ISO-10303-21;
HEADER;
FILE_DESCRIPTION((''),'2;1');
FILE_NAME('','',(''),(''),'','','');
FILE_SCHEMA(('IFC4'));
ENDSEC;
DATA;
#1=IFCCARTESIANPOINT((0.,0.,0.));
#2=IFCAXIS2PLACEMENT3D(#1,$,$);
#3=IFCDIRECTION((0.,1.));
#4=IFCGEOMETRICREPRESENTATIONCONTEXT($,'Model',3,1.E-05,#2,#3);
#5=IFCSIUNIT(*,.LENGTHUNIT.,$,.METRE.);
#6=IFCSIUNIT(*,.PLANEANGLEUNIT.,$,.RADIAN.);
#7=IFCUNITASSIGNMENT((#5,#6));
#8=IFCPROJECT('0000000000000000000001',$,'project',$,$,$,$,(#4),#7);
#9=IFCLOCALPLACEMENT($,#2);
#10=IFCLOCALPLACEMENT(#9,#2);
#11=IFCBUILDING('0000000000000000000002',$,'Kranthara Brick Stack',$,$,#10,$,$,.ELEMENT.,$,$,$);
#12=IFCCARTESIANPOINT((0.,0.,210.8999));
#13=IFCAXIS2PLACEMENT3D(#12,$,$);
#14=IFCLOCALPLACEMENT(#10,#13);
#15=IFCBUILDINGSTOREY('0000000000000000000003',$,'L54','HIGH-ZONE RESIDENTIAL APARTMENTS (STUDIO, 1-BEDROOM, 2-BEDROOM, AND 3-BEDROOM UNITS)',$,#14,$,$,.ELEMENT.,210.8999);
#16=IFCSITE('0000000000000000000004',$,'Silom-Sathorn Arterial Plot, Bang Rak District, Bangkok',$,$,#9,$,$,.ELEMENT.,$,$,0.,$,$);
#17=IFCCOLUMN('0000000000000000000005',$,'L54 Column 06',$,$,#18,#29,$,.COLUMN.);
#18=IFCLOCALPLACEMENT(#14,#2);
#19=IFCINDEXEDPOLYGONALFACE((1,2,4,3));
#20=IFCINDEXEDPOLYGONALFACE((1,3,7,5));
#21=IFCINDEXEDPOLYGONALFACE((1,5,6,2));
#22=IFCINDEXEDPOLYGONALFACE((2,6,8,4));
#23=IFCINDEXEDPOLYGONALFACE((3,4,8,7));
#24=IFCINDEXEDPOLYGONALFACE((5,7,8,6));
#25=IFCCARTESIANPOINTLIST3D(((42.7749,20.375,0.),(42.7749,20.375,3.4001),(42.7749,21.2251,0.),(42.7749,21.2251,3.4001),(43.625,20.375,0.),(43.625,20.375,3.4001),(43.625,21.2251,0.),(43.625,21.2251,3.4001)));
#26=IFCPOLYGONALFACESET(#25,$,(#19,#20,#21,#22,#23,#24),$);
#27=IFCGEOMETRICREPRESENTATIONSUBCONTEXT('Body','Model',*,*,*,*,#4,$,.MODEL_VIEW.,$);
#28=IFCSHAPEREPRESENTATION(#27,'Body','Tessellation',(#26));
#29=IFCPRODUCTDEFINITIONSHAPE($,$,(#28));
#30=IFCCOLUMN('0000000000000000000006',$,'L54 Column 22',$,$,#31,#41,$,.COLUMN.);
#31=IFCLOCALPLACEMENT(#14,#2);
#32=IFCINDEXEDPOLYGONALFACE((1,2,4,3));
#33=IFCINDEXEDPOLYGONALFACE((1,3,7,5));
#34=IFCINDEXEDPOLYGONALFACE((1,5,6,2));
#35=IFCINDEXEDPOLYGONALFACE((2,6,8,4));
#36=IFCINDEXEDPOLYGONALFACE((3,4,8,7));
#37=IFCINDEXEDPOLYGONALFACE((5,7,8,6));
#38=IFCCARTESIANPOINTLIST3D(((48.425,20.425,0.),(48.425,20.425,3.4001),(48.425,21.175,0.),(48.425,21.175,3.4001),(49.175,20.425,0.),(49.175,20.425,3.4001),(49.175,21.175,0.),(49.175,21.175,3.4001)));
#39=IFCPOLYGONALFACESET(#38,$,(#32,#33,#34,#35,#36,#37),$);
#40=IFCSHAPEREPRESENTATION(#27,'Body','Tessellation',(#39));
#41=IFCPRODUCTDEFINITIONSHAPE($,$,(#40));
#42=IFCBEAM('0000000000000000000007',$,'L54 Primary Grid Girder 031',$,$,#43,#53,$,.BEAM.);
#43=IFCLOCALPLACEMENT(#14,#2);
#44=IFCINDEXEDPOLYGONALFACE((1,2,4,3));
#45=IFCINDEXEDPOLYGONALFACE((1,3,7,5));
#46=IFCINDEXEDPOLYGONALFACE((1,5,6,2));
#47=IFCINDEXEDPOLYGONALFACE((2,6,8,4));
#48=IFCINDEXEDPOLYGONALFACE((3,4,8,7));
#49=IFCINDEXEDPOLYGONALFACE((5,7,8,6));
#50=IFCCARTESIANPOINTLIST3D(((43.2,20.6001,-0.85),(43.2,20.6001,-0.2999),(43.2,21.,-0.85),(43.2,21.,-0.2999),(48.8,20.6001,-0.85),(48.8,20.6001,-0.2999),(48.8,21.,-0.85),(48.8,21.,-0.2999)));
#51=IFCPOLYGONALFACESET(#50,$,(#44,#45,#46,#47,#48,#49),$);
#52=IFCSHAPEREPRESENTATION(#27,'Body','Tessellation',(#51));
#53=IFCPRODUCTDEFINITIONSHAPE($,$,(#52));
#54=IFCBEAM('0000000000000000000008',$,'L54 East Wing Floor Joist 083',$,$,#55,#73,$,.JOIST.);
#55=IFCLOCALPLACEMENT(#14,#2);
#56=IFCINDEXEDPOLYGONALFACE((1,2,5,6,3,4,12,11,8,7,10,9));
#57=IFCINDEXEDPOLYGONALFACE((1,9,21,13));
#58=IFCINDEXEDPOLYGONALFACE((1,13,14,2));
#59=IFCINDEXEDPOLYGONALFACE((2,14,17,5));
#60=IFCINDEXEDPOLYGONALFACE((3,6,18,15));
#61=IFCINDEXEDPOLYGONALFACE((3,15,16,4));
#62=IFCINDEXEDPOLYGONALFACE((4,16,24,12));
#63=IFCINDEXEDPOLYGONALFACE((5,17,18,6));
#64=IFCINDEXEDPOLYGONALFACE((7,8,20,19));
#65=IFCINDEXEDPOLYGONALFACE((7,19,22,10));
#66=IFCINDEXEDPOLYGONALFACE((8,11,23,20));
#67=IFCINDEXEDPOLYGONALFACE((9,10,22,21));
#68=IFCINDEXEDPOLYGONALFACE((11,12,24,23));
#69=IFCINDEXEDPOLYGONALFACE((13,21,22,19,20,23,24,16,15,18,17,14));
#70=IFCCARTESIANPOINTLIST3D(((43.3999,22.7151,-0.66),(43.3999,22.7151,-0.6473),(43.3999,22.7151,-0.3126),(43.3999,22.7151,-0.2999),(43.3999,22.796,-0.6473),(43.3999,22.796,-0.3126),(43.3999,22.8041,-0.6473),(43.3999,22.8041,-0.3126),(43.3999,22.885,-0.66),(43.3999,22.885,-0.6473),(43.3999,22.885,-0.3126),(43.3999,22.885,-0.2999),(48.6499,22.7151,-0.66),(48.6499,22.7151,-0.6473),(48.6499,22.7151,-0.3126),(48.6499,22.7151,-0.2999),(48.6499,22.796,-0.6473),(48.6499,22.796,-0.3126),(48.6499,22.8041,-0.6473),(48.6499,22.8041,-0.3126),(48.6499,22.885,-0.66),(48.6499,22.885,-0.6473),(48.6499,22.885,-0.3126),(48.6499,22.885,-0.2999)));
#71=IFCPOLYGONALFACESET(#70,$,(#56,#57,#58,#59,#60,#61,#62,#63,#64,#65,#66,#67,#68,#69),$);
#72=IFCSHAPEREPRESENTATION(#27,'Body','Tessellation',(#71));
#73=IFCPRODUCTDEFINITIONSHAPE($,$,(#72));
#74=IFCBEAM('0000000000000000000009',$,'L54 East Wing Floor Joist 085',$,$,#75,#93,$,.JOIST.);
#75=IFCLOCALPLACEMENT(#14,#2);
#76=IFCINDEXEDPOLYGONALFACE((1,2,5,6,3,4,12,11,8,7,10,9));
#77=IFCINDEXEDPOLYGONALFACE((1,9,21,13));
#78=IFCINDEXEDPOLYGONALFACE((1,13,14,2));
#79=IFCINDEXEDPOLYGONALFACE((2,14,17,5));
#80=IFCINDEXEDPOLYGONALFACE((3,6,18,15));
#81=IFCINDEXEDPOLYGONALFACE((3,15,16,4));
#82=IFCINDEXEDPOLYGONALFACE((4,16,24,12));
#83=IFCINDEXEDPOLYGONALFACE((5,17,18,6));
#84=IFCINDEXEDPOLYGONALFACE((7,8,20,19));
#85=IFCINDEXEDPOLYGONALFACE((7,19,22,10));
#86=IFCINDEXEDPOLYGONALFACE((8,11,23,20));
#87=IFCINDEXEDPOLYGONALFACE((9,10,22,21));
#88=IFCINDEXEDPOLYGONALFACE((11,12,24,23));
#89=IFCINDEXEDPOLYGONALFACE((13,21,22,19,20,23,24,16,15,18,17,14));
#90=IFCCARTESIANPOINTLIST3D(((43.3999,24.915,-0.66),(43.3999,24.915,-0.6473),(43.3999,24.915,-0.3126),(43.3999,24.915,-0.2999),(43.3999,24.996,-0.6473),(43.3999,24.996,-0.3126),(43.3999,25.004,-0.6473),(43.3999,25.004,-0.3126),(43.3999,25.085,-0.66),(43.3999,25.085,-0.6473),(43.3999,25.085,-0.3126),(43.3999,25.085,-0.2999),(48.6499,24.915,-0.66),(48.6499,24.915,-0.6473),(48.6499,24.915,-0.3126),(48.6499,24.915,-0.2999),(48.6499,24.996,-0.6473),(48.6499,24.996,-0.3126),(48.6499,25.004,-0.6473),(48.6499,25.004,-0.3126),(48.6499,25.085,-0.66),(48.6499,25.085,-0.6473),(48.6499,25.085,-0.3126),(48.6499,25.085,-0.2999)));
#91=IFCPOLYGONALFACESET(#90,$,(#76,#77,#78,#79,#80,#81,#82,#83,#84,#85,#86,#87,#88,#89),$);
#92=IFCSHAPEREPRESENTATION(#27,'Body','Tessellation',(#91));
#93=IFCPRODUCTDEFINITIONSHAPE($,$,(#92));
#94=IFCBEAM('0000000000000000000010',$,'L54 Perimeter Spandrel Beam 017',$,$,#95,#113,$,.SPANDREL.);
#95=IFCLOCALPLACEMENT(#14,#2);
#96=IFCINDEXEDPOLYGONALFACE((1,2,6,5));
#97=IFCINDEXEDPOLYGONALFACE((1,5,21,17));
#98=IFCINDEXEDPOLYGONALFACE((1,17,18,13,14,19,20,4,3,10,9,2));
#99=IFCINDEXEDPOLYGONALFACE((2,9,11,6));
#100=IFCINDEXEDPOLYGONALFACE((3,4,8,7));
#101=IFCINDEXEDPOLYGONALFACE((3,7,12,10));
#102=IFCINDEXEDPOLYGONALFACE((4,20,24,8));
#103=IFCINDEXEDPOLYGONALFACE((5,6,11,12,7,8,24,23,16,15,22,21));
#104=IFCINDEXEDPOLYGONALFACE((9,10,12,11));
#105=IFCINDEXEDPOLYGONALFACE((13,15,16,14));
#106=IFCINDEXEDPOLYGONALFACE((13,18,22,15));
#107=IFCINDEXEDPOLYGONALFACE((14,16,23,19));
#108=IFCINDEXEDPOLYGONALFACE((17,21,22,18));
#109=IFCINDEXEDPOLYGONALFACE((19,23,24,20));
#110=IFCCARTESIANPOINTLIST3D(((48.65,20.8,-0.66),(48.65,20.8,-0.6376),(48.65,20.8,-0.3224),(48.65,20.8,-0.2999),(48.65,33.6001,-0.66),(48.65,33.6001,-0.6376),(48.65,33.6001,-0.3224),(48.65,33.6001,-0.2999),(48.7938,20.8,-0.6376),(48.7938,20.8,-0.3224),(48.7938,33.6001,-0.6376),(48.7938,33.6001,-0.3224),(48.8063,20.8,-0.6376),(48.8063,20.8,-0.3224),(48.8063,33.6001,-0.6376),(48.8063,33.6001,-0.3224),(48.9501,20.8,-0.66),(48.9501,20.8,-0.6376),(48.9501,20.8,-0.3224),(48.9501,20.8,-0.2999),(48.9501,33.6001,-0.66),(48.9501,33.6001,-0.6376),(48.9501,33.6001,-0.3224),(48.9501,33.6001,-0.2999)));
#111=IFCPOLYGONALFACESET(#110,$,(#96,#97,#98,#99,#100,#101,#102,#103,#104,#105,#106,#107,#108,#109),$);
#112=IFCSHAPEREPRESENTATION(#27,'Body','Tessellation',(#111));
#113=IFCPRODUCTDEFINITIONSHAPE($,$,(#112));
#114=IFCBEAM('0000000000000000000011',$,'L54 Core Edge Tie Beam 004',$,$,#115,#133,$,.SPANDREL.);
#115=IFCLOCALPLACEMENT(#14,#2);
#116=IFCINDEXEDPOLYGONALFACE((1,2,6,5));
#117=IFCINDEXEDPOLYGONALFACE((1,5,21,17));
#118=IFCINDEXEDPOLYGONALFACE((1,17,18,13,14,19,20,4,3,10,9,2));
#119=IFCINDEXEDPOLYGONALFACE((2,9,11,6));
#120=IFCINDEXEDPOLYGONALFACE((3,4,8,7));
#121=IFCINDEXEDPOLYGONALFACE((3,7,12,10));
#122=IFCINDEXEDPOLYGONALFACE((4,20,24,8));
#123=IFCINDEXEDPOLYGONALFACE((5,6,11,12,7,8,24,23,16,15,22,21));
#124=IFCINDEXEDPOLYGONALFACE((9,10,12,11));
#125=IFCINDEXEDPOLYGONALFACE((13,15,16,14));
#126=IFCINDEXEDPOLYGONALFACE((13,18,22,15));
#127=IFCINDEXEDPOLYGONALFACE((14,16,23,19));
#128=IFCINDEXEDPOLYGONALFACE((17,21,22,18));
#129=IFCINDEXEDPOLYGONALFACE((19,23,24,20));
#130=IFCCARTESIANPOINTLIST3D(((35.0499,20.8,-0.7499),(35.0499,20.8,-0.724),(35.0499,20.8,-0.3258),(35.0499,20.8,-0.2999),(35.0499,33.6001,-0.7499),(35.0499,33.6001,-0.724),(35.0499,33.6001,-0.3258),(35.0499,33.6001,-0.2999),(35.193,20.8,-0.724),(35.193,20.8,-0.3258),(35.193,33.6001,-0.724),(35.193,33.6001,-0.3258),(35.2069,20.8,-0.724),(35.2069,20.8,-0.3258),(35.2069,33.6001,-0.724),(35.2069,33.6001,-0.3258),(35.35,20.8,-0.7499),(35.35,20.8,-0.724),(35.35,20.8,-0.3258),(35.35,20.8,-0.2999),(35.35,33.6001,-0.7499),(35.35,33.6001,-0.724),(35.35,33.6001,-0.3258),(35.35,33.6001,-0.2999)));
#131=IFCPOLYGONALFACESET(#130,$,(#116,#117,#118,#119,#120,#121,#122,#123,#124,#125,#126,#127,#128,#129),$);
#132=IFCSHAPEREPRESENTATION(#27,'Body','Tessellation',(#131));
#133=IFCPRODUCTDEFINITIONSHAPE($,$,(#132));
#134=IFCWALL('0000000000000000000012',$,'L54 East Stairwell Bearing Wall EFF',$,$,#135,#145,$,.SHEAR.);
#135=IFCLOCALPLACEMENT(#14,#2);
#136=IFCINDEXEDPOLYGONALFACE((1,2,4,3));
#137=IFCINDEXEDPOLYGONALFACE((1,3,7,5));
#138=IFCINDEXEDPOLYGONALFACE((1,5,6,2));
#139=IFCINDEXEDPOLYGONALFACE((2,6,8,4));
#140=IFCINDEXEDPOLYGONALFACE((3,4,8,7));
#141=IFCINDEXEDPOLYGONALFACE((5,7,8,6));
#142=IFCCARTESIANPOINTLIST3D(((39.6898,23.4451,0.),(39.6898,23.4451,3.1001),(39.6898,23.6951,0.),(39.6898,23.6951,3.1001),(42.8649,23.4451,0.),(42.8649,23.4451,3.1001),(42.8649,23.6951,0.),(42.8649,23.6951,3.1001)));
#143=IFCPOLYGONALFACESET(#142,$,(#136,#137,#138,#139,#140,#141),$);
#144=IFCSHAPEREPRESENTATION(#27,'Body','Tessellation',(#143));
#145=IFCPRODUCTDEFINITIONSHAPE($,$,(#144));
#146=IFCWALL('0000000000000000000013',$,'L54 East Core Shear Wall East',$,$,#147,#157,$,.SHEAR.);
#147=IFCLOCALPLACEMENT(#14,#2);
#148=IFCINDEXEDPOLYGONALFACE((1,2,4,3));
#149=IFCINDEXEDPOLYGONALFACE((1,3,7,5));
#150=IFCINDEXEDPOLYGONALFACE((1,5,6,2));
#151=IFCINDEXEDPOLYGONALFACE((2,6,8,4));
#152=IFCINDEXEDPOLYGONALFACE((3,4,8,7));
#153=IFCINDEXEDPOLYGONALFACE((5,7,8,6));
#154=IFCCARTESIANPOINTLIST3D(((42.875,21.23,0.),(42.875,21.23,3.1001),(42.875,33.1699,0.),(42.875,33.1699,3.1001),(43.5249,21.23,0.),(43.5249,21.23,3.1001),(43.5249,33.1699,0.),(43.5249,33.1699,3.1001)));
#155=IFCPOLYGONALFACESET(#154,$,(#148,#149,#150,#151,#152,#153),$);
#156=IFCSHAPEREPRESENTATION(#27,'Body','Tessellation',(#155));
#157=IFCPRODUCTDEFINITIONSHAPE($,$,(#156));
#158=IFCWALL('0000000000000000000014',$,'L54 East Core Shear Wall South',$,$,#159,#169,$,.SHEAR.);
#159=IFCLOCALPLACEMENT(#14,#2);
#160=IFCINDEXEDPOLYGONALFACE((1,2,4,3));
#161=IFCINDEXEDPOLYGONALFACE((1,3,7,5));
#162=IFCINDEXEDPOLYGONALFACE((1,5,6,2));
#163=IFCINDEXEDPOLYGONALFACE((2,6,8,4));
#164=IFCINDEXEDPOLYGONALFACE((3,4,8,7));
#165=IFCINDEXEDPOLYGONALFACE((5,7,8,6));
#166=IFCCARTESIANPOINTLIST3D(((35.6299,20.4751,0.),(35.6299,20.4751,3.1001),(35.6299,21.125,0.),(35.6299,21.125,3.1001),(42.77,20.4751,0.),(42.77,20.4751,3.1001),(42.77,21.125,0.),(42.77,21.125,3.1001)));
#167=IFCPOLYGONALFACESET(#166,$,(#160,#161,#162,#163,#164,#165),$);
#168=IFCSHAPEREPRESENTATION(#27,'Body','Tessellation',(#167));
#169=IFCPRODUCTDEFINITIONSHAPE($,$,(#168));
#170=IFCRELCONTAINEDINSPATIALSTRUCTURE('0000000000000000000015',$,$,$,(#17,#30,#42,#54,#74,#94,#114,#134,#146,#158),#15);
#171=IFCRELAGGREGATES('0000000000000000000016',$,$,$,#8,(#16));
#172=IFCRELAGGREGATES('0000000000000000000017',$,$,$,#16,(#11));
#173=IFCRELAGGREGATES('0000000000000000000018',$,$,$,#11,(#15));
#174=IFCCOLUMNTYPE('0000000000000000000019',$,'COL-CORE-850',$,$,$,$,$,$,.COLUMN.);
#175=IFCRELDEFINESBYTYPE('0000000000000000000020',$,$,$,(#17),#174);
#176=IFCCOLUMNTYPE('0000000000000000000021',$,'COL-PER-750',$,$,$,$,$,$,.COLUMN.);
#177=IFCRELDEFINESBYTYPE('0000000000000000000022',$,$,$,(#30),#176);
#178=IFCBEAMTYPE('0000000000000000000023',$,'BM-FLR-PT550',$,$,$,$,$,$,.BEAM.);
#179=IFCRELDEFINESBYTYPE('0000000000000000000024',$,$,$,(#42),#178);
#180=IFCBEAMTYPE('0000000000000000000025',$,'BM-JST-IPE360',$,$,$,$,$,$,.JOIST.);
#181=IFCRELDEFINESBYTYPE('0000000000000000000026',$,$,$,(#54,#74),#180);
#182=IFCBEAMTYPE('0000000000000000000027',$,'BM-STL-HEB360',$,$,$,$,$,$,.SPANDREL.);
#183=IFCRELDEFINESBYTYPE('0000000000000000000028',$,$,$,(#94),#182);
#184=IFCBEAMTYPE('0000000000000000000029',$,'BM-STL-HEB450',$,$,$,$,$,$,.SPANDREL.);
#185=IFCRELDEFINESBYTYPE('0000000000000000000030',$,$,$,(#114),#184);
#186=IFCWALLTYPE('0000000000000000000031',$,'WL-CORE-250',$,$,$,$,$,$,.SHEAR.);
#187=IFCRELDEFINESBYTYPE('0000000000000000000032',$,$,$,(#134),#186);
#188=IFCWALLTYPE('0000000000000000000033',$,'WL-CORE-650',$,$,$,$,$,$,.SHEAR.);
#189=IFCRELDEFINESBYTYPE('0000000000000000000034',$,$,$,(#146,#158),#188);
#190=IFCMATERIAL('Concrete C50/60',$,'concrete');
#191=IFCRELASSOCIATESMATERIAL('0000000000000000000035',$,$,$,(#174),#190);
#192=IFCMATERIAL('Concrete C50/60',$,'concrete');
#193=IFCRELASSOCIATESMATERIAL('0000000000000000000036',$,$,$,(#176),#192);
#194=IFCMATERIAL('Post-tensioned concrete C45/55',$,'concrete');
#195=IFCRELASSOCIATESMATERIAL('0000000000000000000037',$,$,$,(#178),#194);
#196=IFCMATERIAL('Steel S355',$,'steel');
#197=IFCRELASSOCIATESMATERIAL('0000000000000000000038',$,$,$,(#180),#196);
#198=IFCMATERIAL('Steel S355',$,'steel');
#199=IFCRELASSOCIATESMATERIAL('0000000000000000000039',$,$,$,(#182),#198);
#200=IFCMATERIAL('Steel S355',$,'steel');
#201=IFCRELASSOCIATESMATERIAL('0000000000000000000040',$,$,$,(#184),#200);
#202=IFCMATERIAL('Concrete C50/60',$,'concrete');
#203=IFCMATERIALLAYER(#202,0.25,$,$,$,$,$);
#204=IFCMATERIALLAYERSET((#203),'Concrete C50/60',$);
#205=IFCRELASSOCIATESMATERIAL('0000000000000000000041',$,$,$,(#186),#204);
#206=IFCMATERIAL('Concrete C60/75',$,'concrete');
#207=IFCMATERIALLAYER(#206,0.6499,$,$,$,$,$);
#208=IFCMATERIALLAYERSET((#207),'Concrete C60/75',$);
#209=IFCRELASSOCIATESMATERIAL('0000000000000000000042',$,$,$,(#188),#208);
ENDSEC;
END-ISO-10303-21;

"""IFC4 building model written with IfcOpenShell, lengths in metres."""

from ifc_helpers import new_model, si_unit, direction, frame, frame_2d, origin, origin_2d, place, context, subcontext, project, spatial, rectangle, i_section, extrude, material, layer, layer_set, material_profile, profile_set, type_object, element, save


model = new_model("IFC4")

# Units and contexts
model_context = context("Model", 3, precision=1e-05, world=origin(), true_north=direction((0.0, 1.0)))
body_context = subcontext(model_context, "Body", "Model", "MODEL_VIEW")
ifc_project = project(units=[si_unit("LENGTHUNIT", "METRE"), si_unit("PLANEANGLEUNIT", "RADIAN")], contexts=[model_context])

# Site, building, storey
site_placement = place(None, origin())
site = spatial("IfcSite", under=ifc_project, at=site_placement, Name="Silom-Sathorn Arterial Plot, Bang Rak District, Bangkok", CompositionType="ELEMENT", RefElevation=0.0)
building_placement = place(site_placement, origin())
building = spatial("IfcBuilding", under=site, at=building_placement, Name="Kranthara Brick Stack", CompositionType="ELEMENT")
storey_placement = place(building_placement, frame((0.0, 0.0, 210.8999)))
storey = spatial("IfcBuildingStorey", under=building, at=storey_placement, Name="L54", Description="HIGH-ZONE RESIDENTIAL APARTMENTS (STUDIO, 1-BEDROOM, 2-BEDROOM, AND 3-BEDROOM UNITS)", CompositionType="ELEMENT", Elevation=210.8999)

# Columns
ifc_material_1 = material(Name="Concrete C50/60", Category="concrete")
ifc_material_profile_1 = material_profile(ifc_material_1, rectangle(XDim=0.8501, YDim=0.8501, at=origin_2d()), Name="RC 850x850")
ifc_profile_set_1 = profile_set([ifc_material_profile_1], Name="Concrete C50/60")
column_type_1 = type_object("IfcColumnType", Name="COL-CORE-850", PredefinedType="COLUMN", material=ifc_profile_set_1)
column_1_placement = place(storey_placement, frame((43.2, 20.8, 0.0), z_axis=(0.0, 0.0, 1.0), x_axis=(1.0, 0.0, 0.0)))
element("IfcColumn", 1, at=column_1_placement, inside=storey, type_object=column_type_1, Name="L54 Column 06", PredefinedType="COLUMN", context=body_context, shape_type="SweptSolid", body=[
    extrude(rectangle(XDim=0.8501, YDim=0.8501, at=origin_2d()), origin(), (0.0, 0.0, 1.0), 3.4001),
])
ifc_material_2 = material(Name="Concrete C50/60", Category="concrete")
ifc_material_profile_2 = material_profile(ifc_material_2, rectangle(XDim=0.75, YDim=0.75, at=origin_2d()), Name="RC 750x750")
ifc_profile_set_2 = profile_set([ifc_material_profile_2], Name="Concrete C50/60")
column_type_2 = type_object("IfcColumnType", Name="COL-PER-750", PredefinedType="COLUMN", material=ifc_profile_set_2)
column_2_placement = place(storey_placement, frame((48.8, 20.8, 0.0), z_axis=(0.0, 0.0, 1.0), x_axis=(1.0, 0.0, 0.0)))
element("IfcColumn", 2, at=column_2_placement, inside=storey, type_object=column_type_2, Name="L54 Column 22", PredefinedType="COLUMN", context=body_context, shape_type="SweptSolid", body=[
    extrude(rectangle(XDim=0.75, YDim=0.75, at=origin_2d()), origin(), (0.0, 0.0, 1.0), 3.4001),
])

# Beams
ifc_material_3 = material(Name="Post-tensioned concrete C45/55", Category="concrete")
ifc_material_profile_3 = material_profile(ifc_material_3, rectangle(XDim=0.3999, YDim=0.55, at=origin_2d()), Name="PT 400x550")
ifc_profile_set_3 = profile_set([ifc_material_profile_3], Name="Post-tensioned concrete C45/55")
beam_type_1 = type_object("IfcBeamType", Name="BM-FLR-PT550", PredefinedType="BEAM", material=ifc_profile_set_3)
beam_1_placement = place(storey_placement, frame((43.2, 20.8, -0.575), z_axis=(1.0, 0.0, 0.0), x_axis=(0.0, 1.0, 0.0)))
element("IfcBeam", 3, at=beam_1_placement, inside=storey, type_object=beam_type_1, Name="L54 Primary Grid Girder 031", PredefinedType="BEAM", context=body_context, shape_type="SweptSolid", body=[
    extrude(rectangle(XDim=0.3999, YDim=0.55, at=origin_2d()), origin(), (0.0, 0.0, 1.0), 5.6001),
])
ifc_material_4 = material(Name="Steel S355", Category="steel")
ifc_material_profile_4 = material_profile(ifc_material_4, i_section(OverallWidth=0.1699, OverallDepth=0.3601, WebThickness=0.0081, FlangeThickness=0.0127, at=origin_2d()), Name="IPE 360")
ifc_profile_set_4 = profile_set([ifc_material_profile_4], Name="Steel S355")
beam_type_2 = type_object("IfcBeamType", Name="BM-JST-IPE360", PredefinedType="JOIST", material=ifc_profile_set_4)
for number, where, z_axis, x_axis, name in (
    (4, (43.3999, 22.8, -0.48), (1.0, 0.0, 0.0), (0.0, 1.0, 0.0), "L54 East Wing Floor Joist 083"),
    (5, (43.3999, 25.0, -0.48), (1.0, 0.0, 0.0), (0.0, 1.0, 0.0), "L54 East Wing Floor Joist 085"),
):
    element("IfcBeam", number, at=place(storey_placement, frame(where, z_axis=z_axis, x_axis=x_axis)), inside=storey, type_object=beam_type_2, Name=name, PredefinedType="JOIST", context=body_context, shape_type="SweptSolid", body=[
        extrude(i_section(OverallWidth=0.1699, OverallDepth=0.3601, WebThickness=0.0081, FlangeThickness=0.0127, at=origin_2d()), origin(), (0.0, 0.0, 1.0), 5.25),
    ])
ifc_material_5 = material(Name="Steel S355", Category="steel")
ifc_material_profile_5 = material_profile(ifc_material_5, i_section(OverallWidth=0.3, OverallDepth=0.3601, WebThickness=0.0125, FlangeThickness=0.0225, at=origin_2d()), Name="HEB 360")
ifc_profile_set_5 = profile_set([ifc_material_profile_5], Name="Steel S355")
beam_type_3 = type_object("IfcBeamType", Name="BM-STL-HEB360", PredefinedType="SPANDREL", material=ifc_profile_set_5)
beam_2_placement = place(storey_placement, frame((48.8, 20.8, -0.48), z_axis=(0.0, 1.0, 0.0), x_axis=(-1.0, 0.0, 0.0)))
element("IfcBeam", 6, at=beam_2_placement, inside=storey, type_object=beam_type_3, Name="L54 Perimeter Spandrel Beam 017", PredefinedType="SPANDREL", context=body_context, shape_type="SweptSolid", body=[
    extrude(i_section(OverallWidth=0.3, OverallDepth=0.3601, WebThickness=0.0125, FlangeThickness=0.0225, at=origin_2d()), origin(), (0.0, 0.0, 1.0), 12.8),
])
ifc_material_6 = material(Name="Steel S355", Category="steel")
ifc_material_profile_6 = material_profile(ifc_material_6, i_section(OverallWidth=0.3, OverallDepth=0.45, WebThickness=0.0139, FlangeThickness=0.0259, at=origin_2d()), Name="HEB 450")
ifc_profile_set_6 = profile_set([ifc_material_profile_6], Name="Steel S355")
beam_type_4 = type_object("IfcBeamType", Name="BM-STL-HEB450", PredefinedType="SPANDREL", material=ifc_profile_set_6)
beam_3_placement = place(storey_placement, frame((35.2, 20.8, -0.5249), z_axis=(0.0, 1.0, 0.0), x_axis=(-1.0, 0.0, 0.0)))
element("IfcBeam", 7, at=beam_3_placement, inside=storey, type_object=beam_type_4, Name="L54 Core Edge Tie Beam 004", PredefinedType="SPANDREL", context=body_context, shape_type="SweptSolid", body=[
    extrude(i_section(OverallWidth=0.3, OverallDepth=0.45, WebThickness=0.0139, FlangeThickness=0.0259, at=origin_2d()), origin(), (0.0, 0.0, 1.0), 12.8),
])

# Shared definitions
ifc_material_7 = material(Name="Concrete C50/60", Category="concrete")
ifc_layer_1 = layer(ifc_material_7, 0.25)
ifc_layer_set_1 = layer_set([ifc_layer_1], Name="Concrete C50/60")
wall_type_1 = type_object("IfcWallType", Name="WL-CORE-250", PredefinedType="SHEAR", material=ifc_layer_set_1)

# Walls
wall_1_placement = place(storey_placement, frame((39.6899, 23.5701, 0.0), z_axis=(0.0, 0.0, 1.0), x_axis=(1.0, 0.0, 0.0)))
element("IfcWall", 8, at=wall_1_placement, inside=storey, type_object=wall_type_1, Name="L54 East Stairwell Bearing Wall EFF", PredefinedType="SHEAR", context=body_context, shape_type="SweptSolid", body=[
    extrude(rectangle(XDim=3.175, YDim=0.25, at=frame_2d((1.5874, 0.0))), origin(), (0.0, 0.0, 1.0), 3.1001),
])
ifc_material_8 = material(Name="Concrete C60/75", Category="concrete")
ifc_layer_2 = layer(ifc_material_8, 0.6499)
ifc_layer_set_2 = layer_set([ifc_layer_2], Name="Concrete C60/75")
wall_type_2 = type_object("IfcWallType", Name="WL-CORE-650", PredefinedType="SHEAR", material=ifc_layer_set_2)
wall_2_placement = place(storey_placement, frame((43.2, 21.23, 0.0), z_axis=(0.0, 0.0, 1.0), x_axis=(0.0, 1.0, 0.0)))
element("IfcWall", 9, at=wall_2_placement, inside=storey, type_object=wall_type_2, Name="L54 East Core Shear Wall East", PredefinedType="SHEAR", context=body_context, shape_type="SweptSolid", body=[
    extrude(rectangle(XDim=11.9399, YDim=0.6499, at=frame_2d((5.97, 0.0))), origin(), (0.0, 0.0, 1.0), 3.1001),
])
wall_3_placement = place(storey_placement, frame((35.6299, 20.8, 0.0), z_axis=(0.0, 0.0, 1.0), x_axis=(1.0, 0.0, 0.0)))
element("IfcWall", 10, at=wall_3_placement, inside=storey, type_object=wall_type_2, Name="L54 East Core Shear Wall South", PredefinedType="SHEAR", context=body_context, shape_type="SweptSolid", body=[
    extrude(rectangle(XDim=7.1401, YDim=0.6499, at=frame_2d((3.5701, 0.0))), origin(), (0.0, 0.0, 1.0), 3.1001),
])

save(model, "model.ifc")
